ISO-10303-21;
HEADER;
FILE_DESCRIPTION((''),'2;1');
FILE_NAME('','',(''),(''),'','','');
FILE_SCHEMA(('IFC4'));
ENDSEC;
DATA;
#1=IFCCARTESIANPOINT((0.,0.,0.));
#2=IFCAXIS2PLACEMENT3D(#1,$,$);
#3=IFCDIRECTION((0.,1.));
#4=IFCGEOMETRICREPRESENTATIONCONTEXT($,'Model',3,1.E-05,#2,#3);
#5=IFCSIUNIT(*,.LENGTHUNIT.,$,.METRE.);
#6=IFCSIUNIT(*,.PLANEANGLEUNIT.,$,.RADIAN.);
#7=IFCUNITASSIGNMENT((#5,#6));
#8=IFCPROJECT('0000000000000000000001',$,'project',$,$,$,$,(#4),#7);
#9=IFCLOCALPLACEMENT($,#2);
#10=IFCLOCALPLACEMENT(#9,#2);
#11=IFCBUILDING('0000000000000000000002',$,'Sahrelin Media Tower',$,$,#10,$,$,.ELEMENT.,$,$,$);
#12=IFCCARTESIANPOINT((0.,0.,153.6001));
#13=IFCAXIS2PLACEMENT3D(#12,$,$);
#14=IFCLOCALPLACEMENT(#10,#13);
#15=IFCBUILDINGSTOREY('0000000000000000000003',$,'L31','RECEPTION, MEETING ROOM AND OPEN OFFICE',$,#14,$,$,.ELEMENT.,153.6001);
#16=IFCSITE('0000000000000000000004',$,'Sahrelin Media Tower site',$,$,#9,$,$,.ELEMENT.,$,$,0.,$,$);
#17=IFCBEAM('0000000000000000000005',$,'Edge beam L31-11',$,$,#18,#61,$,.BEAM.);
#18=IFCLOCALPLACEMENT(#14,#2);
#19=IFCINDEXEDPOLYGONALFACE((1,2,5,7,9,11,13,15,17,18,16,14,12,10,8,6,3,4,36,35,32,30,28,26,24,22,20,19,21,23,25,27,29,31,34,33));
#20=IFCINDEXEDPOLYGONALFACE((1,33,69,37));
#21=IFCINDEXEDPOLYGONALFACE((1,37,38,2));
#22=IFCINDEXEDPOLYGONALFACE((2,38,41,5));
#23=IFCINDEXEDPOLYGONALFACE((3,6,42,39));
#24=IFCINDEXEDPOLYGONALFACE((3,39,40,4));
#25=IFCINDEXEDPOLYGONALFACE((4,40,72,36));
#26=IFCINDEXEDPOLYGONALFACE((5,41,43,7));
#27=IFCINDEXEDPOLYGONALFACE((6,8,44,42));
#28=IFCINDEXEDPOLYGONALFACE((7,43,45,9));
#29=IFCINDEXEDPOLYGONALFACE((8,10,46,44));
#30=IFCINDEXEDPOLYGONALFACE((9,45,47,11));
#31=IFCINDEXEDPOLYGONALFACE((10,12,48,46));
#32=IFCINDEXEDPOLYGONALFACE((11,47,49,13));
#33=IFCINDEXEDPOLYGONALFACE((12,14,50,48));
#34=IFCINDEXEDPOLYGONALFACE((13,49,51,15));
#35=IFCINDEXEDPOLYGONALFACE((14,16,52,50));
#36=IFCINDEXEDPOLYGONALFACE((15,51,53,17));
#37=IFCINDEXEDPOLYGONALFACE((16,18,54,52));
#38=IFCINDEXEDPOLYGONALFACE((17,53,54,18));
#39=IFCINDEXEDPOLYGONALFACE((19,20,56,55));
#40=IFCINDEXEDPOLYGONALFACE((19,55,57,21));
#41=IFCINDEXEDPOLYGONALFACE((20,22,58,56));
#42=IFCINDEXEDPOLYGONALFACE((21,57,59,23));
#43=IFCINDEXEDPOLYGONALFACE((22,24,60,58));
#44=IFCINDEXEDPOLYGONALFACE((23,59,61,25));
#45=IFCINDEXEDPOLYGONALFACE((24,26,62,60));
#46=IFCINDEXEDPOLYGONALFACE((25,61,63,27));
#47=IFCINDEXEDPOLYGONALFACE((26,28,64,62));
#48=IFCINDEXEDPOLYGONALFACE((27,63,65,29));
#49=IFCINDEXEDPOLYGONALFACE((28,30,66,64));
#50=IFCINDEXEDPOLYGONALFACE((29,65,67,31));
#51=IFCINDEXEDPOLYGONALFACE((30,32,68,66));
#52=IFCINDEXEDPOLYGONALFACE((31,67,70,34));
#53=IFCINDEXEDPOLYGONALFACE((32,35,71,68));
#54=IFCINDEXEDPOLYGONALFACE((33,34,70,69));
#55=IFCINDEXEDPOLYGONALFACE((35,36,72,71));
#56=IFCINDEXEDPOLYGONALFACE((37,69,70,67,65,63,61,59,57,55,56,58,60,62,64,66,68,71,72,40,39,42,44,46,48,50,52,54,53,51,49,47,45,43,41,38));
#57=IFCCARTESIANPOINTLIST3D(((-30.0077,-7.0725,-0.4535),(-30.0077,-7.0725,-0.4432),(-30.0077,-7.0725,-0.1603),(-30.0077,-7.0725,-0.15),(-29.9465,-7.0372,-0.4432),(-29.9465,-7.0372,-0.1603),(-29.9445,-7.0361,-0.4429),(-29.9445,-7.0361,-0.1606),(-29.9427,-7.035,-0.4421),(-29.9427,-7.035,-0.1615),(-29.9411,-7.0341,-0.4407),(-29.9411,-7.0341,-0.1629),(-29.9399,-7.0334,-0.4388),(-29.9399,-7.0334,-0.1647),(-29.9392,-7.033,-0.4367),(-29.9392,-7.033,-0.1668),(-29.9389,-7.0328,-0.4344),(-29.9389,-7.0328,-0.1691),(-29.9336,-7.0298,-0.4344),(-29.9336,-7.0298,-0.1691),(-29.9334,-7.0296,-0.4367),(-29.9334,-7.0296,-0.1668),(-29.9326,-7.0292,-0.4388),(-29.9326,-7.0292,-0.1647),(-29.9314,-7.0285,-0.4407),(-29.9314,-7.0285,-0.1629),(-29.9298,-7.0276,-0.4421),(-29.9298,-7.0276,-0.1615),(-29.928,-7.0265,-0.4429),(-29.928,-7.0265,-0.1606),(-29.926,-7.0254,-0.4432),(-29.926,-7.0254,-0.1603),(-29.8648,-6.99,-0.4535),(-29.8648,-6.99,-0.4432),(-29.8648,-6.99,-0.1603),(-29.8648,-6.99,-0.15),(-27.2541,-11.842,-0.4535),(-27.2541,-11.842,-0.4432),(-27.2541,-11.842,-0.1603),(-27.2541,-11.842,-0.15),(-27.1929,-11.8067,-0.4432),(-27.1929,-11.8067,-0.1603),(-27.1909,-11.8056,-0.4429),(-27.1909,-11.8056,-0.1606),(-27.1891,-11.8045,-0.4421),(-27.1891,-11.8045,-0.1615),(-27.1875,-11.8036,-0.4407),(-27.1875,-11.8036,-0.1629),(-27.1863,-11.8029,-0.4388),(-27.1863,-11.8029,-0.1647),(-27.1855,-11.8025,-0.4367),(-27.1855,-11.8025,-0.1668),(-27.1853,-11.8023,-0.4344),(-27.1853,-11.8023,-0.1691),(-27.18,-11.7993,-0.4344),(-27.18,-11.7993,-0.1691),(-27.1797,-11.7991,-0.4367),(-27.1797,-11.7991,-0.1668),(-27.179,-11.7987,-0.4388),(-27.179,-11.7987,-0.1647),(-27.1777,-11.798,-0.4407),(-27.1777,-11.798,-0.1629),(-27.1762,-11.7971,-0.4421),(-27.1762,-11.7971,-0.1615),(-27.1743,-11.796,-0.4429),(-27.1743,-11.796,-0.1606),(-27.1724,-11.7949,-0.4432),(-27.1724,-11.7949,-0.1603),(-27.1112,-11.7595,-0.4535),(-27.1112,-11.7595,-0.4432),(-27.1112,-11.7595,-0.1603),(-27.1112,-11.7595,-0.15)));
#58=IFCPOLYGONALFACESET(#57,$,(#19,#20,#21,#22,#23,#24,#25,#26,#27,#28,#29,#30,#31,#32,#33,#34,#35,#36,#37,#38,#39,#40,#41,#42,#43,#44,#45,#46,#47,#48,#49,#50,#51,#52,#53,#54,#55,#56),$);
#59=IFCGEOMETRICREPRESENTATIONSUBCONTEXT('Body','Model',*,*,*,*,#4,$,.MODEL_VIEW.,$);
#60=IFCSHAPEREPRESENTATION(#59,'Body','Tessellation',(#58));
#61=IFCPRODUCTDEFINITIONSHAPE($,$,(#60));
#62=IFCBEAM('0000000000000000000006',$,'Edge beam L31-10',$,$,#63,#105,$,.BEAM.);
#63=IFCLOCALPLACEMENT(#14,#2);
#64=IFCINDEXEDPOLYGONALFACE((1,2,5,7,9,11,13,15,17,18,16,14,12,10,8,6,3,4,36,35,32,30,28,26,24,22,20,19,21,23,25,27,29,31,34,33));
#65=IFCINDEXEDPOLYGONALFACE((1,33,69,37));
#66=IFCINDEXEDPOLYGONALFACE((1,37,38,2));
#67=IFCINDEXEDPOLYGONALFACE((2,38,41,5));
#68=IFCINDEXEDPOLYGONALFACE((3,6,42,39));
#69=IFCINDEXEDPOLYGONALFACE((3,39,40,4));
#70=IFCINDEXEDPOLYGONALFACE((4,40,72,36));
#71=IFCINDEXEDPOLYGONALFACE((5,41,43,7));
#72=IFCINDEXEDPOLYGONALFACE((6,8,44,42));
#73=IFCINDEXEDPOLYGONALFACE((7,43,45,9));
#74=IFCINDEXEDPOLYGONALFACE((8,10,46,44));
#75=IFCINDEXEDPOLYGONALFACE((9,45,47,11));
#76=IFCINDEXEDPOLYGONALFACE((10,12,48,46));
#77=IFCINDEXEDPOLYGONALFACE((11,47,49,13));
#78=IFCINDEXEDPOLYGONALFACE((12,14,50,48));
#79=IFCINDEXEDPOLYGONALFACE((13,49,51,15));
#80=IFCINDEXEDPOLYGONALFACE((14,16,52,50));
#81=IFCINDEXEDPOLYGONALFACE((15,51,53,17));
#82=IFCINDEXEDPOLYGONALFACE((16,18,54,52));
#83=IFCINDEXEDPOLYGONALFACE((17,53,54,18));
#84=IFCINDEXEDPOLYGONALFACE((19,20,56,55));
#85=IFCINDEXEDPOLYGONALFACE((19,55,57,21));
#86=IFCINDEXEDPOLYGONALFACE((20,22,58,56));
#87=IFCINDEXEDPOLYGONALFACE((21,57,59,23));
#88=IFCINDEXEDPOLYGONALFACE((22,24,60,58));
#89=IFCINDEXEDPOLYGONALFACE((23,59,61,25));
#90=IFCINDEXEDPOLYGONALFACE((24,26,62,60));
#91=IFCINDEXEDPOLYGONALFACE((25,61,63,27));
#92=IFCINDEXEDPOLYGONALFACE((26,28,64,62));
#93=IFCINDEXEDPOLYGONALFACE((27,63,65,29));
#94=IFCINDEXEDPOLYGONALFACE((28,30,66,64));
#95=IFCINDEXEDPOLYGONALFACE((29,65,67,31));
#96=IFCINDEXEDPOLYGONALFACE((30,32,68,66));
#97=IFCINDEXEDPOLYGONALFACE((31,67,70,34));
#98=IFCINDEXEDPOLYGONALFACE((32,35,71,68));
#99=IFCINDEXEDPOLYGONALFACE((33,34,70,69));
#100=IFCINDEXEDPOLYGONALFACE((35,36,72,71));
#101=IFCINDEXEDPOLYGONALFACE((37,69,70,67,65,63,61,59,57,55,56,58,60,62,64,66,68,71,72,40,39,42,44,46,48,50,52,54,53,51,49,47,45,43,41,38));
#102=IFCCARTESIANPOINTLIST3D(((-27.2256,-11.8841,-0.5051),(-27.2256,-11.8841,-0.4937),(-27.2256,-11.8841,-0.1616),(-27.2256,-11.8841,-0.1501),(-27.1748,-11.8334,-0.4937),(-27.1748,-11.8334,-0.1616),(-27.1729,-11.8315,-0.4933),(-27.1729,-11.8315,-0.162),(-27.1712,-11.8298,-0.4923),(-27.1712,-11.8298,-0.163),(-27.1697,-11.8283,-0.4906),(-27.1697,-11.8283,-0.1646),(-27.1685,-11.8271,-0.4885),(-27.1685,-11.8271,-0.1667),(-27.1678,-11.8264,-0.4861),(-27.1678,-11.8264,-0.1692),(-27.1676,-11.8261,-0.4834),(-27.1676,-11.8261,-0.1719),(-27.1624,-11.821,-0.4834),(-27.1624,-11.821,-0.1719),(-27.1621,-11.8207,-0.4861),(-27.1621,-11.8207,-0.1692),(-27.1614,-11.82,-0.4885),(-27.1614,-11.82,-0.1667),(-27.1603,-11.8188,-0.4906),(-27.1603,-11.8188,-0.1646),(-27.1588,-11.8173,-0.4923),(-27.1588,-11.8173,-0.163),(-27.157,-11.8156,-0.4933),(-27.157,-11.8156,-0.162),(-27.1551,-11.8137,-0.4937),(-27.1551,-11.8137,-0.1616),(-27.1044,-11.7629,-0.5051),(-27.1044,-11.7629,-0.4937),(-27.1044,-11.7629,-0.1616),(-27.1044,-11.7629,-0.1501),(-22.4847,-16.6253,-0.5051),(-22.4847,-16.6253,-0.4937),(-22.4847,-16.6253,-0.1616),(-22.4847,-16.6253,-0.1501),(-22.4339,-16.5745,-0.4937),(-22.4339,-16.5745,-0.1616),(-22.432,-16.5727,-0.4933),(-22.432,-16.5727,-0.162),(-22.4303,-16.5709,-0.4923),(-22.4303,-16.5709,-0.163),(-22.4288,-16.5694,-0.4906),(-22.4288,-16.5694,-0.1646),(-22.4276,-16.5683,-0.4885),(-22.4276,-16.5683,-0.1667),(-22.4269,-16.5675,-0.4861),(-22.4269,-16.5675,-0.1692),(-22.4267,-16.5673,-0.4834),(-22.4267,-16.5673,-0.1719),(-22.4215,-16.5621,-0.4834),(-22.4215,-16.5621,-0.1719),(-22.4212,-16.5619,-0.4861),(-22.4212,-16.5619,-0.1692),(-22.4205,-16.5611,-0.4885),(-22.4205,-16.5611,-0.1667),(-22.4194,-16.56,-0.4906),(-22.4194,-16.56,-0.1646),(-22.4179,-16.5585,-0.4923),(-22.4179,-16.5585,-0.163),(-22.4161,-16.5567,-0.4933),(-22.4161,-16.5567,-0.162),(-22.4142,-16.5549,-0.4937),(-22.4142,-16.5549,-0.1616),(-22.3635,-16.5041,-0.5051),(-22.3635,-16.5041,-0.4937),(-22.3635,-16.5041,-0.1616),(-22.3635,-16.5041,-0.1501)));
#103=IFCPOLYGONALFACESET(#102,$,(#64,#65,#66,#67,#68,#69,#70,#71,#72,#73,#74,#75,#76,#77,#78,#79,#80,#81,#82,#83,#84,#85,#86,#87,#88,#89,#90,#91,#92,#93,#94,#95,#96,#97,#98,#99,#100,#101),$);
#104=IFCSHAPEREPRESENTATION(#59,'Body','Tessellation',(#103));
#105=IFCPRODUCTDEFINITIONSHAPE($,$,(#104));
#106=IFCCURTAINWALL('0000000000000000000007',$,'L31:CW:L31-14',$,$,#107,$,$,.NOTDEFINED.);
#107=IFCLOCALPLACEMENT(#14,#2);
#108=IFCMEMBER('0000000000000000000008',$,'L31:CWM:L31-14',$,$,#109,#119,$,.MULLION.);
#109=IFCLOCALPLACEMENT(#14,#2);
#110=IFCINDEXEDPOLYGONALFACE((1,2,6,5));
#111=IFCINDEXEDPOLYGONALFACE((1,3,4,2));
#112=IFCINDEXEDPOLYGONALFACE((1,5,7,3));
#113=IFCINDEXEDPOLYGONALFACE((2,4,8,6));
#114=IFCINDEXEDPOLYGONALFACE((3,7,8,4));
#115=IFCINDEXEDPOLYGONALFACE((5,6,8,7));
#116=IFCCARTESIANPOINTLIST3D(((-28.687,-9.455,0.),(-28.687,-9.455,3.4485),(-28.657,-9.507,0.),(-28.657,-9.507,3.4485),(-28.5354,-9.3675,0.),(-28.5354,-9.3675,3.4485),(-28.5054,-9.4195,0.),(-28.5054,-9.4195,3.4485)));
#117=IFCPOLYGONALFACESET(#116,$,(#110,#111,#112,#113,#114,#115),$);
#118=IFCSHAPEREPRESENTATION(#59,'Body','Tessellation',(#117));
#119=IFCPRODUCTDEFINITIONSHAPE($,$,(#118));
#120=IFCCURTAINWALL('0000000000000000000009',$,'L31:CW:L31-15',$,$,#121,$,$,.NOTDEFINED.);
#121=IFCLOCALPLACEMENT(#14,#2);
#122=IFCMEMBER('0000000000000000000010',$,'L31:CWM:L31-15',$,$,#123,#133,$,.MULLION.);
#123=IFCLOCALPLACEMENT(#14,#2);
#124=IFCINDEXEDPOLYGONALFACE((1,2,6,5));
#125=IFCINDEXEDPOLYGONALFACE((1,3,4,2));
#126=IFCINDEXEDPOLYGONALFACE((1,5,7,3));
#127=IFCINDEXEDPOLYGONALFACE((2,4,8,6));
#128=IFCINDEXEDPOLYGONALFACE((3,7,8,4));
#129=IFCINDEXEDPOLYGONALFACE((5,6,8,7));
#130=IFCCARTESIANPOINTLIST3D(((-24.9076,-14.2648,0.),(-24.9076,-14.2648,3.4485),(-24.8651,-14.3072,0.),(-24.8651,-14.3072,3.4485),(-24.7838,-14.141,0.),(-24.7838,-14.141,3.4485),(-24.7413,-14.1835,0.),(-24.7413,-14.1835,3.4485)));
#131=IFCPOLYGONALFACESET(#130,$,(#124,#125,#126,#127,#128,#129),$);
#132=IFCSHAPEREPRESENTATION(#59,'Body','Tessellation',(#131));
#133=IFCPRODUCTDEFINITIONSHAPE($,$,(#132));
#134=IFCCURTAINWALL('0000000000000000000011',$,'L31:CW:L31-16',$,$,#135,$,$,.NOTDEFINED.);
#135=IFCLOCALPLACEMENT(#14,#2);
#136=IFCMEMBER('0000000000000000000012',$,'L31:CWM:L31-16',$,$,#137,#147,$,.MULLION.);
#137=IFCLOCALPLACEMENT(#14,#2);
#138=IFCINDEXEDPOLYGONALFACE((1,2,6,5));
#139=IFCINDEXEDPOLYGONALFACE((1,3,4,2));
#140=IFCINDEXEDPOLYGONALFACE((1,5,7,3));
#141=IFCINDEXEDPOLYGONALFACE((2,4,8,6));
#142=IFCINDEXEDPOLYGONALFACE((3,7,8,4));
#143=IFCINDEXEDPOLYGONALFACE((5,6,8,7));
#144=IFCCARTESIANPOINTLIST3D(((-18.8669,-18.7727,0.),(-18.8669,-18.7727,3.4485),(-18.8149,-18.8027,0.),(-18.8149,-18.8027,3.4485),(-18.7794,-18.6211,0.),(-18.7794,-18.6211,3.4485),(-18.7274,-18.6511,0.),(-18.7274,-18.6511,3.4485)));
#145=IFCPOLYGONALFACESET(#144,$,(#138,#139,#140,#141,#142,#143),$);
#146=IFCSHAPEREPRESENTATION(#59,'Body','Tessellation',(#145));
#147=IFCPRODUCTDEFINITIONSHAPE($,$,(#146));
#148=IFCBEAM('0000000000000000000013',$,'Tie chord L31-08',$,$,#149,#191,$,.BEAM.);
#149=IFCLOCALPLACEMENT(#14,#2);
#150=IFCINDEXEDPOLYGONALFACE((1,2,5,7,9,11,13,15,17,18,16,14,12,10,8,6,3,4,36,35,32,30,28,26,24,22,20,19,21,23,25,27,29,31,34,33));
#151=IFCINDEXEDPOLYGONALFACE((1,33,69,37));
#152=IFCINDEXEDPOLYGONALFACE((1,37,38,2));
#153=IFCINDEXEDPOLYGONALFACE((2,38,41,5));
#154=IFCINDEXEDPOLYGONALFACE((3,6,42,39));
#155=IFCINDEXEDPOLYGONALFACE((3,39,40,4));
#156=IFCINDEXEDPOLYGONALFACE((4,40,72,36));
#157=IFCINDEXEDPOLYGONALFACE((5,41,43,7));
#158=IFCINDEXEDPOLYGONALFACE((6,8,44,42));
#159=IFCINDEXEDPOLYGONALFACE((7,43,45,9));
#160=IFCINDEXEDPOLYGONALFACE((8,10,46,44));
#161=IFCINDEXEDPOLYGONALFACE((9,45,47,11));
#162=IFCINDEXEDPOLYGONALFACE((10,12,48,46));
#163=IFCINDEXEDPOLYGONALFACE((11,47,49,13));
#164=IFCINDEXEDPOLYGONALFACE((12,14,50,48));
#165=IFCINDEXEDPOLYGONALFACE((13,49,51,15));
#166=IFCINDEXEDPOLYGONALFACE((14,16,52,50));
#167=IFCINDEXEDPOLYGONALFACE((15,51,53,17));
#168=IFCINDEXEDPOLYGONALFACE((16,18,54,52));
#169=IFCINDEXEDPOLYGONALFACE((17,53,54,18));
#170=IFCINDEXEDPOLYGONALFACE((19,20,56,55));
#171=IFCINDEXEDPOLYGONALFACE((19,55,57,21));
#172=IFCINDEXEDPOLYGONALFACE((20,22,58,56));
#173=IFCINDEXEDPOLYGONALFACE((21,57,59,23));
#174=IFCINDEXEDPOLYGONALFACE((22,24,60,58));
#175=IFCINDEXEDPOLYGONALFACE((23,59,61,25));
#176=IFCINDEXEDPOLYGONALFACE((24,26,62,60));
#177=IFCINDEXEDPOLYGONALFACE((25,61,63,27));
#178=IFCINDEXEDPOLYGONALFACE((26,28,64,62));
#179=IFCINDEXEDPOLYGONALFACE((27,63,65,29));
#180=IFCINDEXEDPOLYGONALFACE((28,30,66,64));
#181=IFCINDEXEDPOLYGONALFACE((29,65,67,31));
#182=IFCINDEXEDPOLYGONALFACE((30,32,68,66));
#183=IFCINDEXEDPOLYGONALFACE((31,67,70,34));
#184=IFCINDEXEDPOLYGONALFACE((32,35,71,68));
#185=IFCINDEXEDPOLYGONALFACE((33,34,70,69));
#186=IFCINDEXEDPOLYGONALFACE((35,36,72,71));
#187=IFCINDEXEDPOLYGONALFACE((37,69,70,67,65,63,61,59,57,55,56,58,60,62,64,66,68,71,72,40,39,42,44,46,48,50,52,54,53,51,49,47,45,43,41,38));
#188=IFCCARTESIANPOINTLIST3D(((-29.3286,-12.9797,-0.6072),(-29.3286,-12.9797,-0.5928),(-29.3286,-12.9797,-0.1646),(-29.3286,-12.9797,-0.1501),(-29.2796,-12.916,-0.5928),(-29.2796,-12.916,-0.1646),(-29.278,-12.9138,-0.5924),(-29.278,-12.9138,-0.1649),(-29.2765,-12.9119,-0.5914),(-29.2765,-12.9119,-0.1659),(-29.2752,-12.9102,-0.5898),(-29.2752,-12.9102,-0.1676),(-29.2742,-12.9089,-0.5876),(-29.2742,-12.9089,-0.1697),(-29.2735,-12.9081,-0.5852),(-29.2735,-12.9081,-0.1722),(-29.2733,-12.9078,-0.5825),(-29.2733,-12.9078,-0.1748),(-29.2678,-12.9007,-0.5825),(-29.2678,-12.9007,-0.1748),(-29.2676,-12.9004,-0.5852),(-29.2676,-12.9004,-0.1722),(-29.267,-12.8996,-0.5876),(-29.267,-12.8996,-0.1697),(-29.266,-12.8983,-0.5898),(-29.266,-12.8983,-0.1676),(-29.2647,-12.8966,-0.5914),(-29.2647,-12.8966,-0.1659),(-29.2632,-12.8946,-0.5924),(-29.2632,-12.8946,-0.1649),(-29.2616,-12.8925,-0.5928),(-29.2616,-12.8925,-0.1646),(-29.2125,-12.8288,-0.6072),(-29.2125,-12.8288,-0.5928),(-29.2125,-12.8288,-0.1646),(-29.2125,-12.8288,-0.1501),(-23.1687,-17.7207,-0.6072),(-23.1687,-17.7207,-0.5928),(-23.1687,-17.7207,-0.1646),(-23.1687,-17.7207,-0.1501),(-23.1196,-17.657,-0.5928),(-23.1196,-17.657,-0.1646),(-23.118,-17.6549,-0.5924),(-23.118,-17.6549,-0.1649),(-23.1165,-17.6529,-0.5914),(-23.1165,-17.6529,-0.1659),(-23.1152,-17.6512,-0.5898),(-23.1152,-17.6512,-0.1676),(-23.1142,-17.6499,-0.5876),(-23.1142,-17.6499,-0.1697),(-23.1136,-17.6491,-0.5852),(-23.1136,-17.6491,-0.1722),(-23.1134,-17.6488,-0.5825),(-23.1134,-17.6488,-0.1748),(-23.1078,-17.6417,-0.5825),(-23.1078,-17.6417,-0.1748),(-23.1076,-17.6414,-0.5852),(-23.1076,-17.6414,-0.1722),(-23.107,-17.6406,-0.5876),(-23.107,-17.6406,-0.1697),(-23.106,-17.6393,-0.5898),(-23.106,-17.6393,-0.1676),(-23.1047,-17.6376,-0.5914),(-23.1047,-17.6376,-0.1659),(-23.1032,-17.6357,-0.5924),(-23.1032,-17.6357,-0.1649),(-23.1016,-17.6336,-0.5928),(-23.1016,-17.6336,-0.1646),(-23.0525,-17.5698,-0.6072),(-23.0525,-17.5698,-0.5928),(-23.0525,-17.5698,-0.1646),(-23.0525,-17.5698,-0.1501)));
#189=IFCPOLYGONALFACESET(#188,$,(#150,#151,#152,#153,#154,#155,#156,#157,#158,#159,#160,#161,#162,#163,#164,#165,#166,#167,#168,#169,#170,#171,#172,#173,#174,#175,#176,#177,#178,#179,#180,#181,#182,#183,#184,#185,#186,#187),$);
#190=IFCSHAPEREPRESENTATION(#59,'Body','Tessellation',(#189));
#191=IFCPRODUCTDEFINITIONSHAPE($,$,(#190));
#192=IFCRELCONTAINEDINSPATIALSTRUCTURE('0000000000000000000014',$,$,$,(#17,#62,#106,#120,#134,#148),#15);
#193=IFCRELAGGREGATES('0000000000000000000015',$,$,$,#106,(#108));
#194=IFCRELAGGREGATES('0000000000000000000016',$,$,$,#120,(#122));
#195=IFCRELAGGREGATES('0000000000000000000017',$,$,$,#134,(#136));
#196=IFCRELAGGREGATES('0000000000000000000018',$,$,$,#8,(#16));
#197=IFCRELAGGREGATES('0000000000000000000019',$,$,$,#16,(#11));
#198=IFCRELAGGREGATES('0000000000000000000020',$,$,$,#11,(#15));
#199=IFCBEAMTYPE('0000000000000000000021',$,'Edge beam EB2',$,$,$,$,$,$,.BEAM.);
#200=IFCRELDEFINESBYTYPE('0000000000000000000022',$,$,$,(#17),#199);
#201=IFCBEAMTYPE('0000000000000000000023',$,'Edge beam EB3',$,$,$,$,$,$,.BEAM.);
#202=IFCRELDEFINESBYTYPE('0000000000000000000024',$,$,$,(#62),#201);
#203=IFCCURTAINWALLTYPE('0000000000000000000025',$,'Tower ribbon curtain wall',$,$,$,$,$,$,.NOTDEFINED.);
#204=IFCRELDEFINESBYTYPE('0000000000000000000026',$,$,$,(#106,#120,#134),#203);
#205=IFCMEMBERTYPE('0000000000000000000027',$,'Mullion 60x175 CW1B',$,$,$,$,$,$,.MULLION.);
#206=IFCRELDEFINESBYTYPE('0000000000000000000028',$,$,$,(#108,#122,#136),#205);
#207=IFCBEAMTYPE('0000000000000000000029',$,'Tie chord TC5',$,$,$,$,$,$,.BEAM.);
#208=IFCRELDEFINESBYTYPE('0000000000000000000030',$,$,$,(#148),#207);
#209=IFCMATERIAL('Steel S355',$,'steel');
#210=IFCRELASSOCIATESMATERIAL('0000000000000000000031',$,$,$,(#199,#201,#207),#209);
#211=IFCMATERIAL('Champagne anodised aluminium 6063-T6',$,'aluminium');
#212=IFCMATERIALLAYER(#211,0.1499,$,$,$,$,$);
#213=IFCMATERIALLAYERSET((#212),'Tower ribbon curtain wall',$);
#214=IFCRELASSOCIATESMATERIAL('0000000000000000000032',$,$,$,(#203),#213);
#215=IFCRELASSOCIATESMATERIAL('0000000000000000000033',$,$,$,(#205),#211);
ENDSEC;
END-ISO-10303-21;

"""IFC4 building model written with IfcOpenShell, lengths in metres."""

from ifc_helpers import new_model, si_unit, direction, frame, origin, origin_2d, place, context, subcontext, project, spatial, rectangle, i_section, extrude, material, layer, layer_set, material_profile, profile_set, type_object, element, aggregate, save


model = new_model("IFC4")

# Units and contexts
model_context = context("Model", 3, precision=1e-05, world=origin(), true_north=direction((0.0, 1.0)))
body_context = subcontext(model_context, "Body", "Model", "MODEL_VIEW")
ifc_project = project(units=[si_unit("LENGTHUNIT", "METRE"), si_unit("PLANEANGLEUNIT", "RADIAN")], contexts=[model_context])

# Site, building, storey
site_placement = place(None, origin())
site = spatial("IfcSite", under=ifc_project, at=site_placement, Name="Sahrelin Media Tower site", CompositionType="ELEMENT", RefElevation=0.0)
building_placement = place(site_placement, origin())
building = spatial("IfcBuilding", under=site, at=building_placement, Name="Sahrelin Media Tower", CompositionType="ELEMENT")
storey_placement = place(building_placement, frame((0.0, 0.0, 153.6001)))
storey = spatial("IfcBuildingStorey", under=building, at=storey_placement, Name="L31", Description="RECEPTION, MEETING ROOM AND OPEN OFFICE", CompositionType="ELEMENT", Elevation=153.6001)

# Beams
ifc_material_1 = material(Name="Steel S355", Category="steel")
ifc_material_profile_1 = material_profile(ifc_material_1, i_section(OverallWidth=0.165, OverallDepth=0.3035, WebThickness=0.0061, FlangeThickness=0.0103, FilletRadius=0.0088, at=origin_2d()), Name="UB 305x165x40")
ifc_profile_set_1 = profile_set([ifc_material_profile_1], Name="Steel S355")
beam_type_1 = type_object("IfcBeamType", Name="Edge beam EB2", PredefinedType="BEAM", material=ifc_profile_set_1)
beam_1_placement = place(storey_placement, frame((-27.1826, -11.8008, -0.3018), z_axis=(-0.499996, 0.866028, 0.0), x_axis=(-0.866028, -0.499996, 0.0)))
element("IfcBeam", 1, at=beam_1_placement, inside=storey, type_object=beam_type_1, Name="Edge beam L31-11", PredefinedType="BEAM", context=body_context, shape_type="SweptSolid", body=[
    extrude(i_section(OverallWidth=0.165, OverallDepth=0.3035, WebThickness=0.0061, FlangeThickness=0.0103, FilletRadius=0.0088, at=origin_2d()), origin(), (0.0, 0.0, 1.0), 5.5073),
])
ifc_material_profile_2 = material_profile(ifc_material_1, i_section(OverallWidth=0.1714, OverallDepth=0.355, WebThickness=0.0073, FlangeThickness=0.0115, FilletRadius=0.0103, at=origin_2d()), Name="UB 356x171x51")
ifc_profile_set_2 = profile_set([ifc_material_profile_2], Name="Steel S355")
beam_type_2 = type_object("IfcBeamType", Name="Edge beam EB3", PredefinedType="BEAM", material=ifc_profile_set_2)
beam_2_placement = place(storey_placement, frame((-22.4241, -16.5647, -0.3276), z_axis=(-0.707089, 0.707125, 0.0), x_axis=(-0.707125, -0.707089, 0.0)))
element("IfcBeam", 2, at=beam_2_placement, inside=storey, type_object=beam_type_2, Name="Edge beam L31-10", PredefinedType="BEAM", context=body_context, shape_type="SweptSolid", body=[
    extrude(i_section(OverallWidth=0.1714, OverallDepth=0.355, WebThickness=0.0073, FlangeThickness=0.0115, FilletRadius=0.0103, at=origin_2d()), origin(), (0.0, 0.0, 1.0), 6.7048),
])

# Curtain walls, members
ifc_material_2 = material(Name="Champagne anodised aluminium 6063-T6", Category="aluminium")
ifc_layer_1 = layer(ifc_material_2, 0.1499)
ifc_layer_set_1 = layer_set([ifc_layer_1], Name="Tower ribbon curtain wall")
curtain_wall_type = type_object("IfcCurtainWallType", Name="Tower ribbon curtain wall", PredefinedType="NOTDEFINED", material=ifc_layer_set_1)
curtain_wall_1_placement = place(storey_placement, frame((-28.6892, -9.491, 0.0), z_axis=(0.0, 0.0, 1.0), x_axis=(1.0, 0.0, 0.0)))
curtain_wall_1 = element("IfcCurtainWall", 3, at=curtain_wall_1_placement, inside=storey, type_object=curtain_wall_type, Name="L31:CW:L31-14", PredefinedType="NOTDEFINED")
ifc_material_profile_3 = material_profile(ifc_material_2, rectangle(XDim=0.0601, YDim=0.175, at=origin_2d()), Name="Mullion 60x175")
ifc_profile_set_3 = profile_set([ifc_material_profile_3], Name="Champagne anodised aluminium 6063-T6")
member_type_1 = type_object("IfcMemberType", Name="Mullion 60x175 CW1B", PredefinedType="MULLION", material=ifc_profile_set_3)
member_1_placement = place(storey_placement, frame((-28.5962, -9.4373, 0.0), z_axis=(0.0, 0.0, 1.0), x_axis=(0.499998, -0.866026, 0.0)))
member_1 = element("IfcMember", 4, at=member_1_placement, type_object=member_type_1, Name="L31:CWM:L31-14", PredefinedType="MULLION", context=body_context, shape_type="SweptSolid", body=[
    extrude(rectangle(XDim=0.0601, YDim=0.175, at=origin_2d()), origin(), (0.0, 0.0, 1.0), 3.4485),
])
aggregate(curtain_wall_1, [member_1])
curtain_wall_2_placement = place(storey_placement, frame((-24.9006, -14.3003, 0.0), z_axis=(0.0, 0.0, 1.0), x_axis=(1.0, 0.0, 0.0)))
curtain_wall_2 = element("IfcCurtainWall", 5, at=curtain_wall_2_placement, inside=storey, type_object=curtain_wall_type, Name="L31:CW:L31-15", PredefinedType="NOTDEFINED")
member_2_placement = place(storey_placement, frame((-24.8245, -14.2241, 0.0), z_axis=(0.0, 0.0, 1.0), x_axis=(0.707107, -0.707107, 0.0)))
member_2 = element("IfcMember", 6, at=member_2_placement, type_object=member_type_1, Name="L31:CWM:L31-15", PredefinedType="MULLION", context=body_context, shape_type="SweptSolid", body=[
    extrude(rectangle(XDim=0.0601, YDim=0.175, at=origin_2d()), origin(), (0.0, 0.0, 1.0), 3.4485),
])
curtain_wall_3_placement = place(storey_placement, frame((-18.8511, -18.8049, 0.0), z_axis=(0.0, 0.0, 1.0), x_axis=(1.0, 0.0, 0.0)))
curtain_wall_3 = element("IfcCurtainWall", 7, at=curtain_wall_3_placement, inside=storey, type_object=curtain_wall_type, Name="L31:CW:L31-16", PredefinedType="NOTDEFINED")
member_3_placement = place(storey_placement, frame((-18.7971, -18.7119, 0.0), z_axis=(0.0, 0.0, 1.0), x_axis=(0.866025, -0.5, 0.0)))
member_3 = element("IfcMember", 8, at=member_3_placement, type_object=member_type_1, Name="L31:CWM:L31-16", PredefinedType="MULLION", context=body_context, shape_type="SweptSolid", body=[
    extrude(rectangle(XDim=0.0601, YDim=0.175, at=origin_2d()), origin(), (0.0, 0.0, 1.0), 3.4485),
])

# Beam
ifc_material_profile_4 = material_profile(ifc_material_1, i_section(OverallWidth=0.1904, OverallDepth=0.457, WebThickness=0.009, FlangeThickness=0.0144, FilletRadius=0.0103, at=origin_2d()), Name="UB 457x191x74")
ifc_profile_set_4 = profile_set([ifc_material_profile_4], Name="Steel S355")
beam_type_3 = type_object("IfcBeamType", Name="Tie chord TC5", PredefinedType="BEAM", material=ifc_profile_set_4)
beam_3_placement = place(storey_placement, frame((-23.1106, -17.6453, -0.3787), z_axis=(-0.792464, 0.609919, 0.0), x_axis=(-0.609919, -0.792464, 0.0)))
element("IfcBeam", 9, at=beam_3_placement, inside=storey, type_object=beam_type_3, Name="Tie chord L31-08", PredefinedType="BEAM", context=body_context, shape_type="SweptSolid", body=[
    extrude(i_section(OverallWidth=0.1904, OverallDepth=0.457, WebThickness=0.009, FlangeThickness=0.0144, FilletRadius=0.0103, at=origin_2d()), origin(), (0.0, 0.0, 1.0), 7.7732),
])

aggregate(curtain_wall_2, [member_2])
aggregate(curtain_wall_3, [member_3])

save(model, "model.ifc")
